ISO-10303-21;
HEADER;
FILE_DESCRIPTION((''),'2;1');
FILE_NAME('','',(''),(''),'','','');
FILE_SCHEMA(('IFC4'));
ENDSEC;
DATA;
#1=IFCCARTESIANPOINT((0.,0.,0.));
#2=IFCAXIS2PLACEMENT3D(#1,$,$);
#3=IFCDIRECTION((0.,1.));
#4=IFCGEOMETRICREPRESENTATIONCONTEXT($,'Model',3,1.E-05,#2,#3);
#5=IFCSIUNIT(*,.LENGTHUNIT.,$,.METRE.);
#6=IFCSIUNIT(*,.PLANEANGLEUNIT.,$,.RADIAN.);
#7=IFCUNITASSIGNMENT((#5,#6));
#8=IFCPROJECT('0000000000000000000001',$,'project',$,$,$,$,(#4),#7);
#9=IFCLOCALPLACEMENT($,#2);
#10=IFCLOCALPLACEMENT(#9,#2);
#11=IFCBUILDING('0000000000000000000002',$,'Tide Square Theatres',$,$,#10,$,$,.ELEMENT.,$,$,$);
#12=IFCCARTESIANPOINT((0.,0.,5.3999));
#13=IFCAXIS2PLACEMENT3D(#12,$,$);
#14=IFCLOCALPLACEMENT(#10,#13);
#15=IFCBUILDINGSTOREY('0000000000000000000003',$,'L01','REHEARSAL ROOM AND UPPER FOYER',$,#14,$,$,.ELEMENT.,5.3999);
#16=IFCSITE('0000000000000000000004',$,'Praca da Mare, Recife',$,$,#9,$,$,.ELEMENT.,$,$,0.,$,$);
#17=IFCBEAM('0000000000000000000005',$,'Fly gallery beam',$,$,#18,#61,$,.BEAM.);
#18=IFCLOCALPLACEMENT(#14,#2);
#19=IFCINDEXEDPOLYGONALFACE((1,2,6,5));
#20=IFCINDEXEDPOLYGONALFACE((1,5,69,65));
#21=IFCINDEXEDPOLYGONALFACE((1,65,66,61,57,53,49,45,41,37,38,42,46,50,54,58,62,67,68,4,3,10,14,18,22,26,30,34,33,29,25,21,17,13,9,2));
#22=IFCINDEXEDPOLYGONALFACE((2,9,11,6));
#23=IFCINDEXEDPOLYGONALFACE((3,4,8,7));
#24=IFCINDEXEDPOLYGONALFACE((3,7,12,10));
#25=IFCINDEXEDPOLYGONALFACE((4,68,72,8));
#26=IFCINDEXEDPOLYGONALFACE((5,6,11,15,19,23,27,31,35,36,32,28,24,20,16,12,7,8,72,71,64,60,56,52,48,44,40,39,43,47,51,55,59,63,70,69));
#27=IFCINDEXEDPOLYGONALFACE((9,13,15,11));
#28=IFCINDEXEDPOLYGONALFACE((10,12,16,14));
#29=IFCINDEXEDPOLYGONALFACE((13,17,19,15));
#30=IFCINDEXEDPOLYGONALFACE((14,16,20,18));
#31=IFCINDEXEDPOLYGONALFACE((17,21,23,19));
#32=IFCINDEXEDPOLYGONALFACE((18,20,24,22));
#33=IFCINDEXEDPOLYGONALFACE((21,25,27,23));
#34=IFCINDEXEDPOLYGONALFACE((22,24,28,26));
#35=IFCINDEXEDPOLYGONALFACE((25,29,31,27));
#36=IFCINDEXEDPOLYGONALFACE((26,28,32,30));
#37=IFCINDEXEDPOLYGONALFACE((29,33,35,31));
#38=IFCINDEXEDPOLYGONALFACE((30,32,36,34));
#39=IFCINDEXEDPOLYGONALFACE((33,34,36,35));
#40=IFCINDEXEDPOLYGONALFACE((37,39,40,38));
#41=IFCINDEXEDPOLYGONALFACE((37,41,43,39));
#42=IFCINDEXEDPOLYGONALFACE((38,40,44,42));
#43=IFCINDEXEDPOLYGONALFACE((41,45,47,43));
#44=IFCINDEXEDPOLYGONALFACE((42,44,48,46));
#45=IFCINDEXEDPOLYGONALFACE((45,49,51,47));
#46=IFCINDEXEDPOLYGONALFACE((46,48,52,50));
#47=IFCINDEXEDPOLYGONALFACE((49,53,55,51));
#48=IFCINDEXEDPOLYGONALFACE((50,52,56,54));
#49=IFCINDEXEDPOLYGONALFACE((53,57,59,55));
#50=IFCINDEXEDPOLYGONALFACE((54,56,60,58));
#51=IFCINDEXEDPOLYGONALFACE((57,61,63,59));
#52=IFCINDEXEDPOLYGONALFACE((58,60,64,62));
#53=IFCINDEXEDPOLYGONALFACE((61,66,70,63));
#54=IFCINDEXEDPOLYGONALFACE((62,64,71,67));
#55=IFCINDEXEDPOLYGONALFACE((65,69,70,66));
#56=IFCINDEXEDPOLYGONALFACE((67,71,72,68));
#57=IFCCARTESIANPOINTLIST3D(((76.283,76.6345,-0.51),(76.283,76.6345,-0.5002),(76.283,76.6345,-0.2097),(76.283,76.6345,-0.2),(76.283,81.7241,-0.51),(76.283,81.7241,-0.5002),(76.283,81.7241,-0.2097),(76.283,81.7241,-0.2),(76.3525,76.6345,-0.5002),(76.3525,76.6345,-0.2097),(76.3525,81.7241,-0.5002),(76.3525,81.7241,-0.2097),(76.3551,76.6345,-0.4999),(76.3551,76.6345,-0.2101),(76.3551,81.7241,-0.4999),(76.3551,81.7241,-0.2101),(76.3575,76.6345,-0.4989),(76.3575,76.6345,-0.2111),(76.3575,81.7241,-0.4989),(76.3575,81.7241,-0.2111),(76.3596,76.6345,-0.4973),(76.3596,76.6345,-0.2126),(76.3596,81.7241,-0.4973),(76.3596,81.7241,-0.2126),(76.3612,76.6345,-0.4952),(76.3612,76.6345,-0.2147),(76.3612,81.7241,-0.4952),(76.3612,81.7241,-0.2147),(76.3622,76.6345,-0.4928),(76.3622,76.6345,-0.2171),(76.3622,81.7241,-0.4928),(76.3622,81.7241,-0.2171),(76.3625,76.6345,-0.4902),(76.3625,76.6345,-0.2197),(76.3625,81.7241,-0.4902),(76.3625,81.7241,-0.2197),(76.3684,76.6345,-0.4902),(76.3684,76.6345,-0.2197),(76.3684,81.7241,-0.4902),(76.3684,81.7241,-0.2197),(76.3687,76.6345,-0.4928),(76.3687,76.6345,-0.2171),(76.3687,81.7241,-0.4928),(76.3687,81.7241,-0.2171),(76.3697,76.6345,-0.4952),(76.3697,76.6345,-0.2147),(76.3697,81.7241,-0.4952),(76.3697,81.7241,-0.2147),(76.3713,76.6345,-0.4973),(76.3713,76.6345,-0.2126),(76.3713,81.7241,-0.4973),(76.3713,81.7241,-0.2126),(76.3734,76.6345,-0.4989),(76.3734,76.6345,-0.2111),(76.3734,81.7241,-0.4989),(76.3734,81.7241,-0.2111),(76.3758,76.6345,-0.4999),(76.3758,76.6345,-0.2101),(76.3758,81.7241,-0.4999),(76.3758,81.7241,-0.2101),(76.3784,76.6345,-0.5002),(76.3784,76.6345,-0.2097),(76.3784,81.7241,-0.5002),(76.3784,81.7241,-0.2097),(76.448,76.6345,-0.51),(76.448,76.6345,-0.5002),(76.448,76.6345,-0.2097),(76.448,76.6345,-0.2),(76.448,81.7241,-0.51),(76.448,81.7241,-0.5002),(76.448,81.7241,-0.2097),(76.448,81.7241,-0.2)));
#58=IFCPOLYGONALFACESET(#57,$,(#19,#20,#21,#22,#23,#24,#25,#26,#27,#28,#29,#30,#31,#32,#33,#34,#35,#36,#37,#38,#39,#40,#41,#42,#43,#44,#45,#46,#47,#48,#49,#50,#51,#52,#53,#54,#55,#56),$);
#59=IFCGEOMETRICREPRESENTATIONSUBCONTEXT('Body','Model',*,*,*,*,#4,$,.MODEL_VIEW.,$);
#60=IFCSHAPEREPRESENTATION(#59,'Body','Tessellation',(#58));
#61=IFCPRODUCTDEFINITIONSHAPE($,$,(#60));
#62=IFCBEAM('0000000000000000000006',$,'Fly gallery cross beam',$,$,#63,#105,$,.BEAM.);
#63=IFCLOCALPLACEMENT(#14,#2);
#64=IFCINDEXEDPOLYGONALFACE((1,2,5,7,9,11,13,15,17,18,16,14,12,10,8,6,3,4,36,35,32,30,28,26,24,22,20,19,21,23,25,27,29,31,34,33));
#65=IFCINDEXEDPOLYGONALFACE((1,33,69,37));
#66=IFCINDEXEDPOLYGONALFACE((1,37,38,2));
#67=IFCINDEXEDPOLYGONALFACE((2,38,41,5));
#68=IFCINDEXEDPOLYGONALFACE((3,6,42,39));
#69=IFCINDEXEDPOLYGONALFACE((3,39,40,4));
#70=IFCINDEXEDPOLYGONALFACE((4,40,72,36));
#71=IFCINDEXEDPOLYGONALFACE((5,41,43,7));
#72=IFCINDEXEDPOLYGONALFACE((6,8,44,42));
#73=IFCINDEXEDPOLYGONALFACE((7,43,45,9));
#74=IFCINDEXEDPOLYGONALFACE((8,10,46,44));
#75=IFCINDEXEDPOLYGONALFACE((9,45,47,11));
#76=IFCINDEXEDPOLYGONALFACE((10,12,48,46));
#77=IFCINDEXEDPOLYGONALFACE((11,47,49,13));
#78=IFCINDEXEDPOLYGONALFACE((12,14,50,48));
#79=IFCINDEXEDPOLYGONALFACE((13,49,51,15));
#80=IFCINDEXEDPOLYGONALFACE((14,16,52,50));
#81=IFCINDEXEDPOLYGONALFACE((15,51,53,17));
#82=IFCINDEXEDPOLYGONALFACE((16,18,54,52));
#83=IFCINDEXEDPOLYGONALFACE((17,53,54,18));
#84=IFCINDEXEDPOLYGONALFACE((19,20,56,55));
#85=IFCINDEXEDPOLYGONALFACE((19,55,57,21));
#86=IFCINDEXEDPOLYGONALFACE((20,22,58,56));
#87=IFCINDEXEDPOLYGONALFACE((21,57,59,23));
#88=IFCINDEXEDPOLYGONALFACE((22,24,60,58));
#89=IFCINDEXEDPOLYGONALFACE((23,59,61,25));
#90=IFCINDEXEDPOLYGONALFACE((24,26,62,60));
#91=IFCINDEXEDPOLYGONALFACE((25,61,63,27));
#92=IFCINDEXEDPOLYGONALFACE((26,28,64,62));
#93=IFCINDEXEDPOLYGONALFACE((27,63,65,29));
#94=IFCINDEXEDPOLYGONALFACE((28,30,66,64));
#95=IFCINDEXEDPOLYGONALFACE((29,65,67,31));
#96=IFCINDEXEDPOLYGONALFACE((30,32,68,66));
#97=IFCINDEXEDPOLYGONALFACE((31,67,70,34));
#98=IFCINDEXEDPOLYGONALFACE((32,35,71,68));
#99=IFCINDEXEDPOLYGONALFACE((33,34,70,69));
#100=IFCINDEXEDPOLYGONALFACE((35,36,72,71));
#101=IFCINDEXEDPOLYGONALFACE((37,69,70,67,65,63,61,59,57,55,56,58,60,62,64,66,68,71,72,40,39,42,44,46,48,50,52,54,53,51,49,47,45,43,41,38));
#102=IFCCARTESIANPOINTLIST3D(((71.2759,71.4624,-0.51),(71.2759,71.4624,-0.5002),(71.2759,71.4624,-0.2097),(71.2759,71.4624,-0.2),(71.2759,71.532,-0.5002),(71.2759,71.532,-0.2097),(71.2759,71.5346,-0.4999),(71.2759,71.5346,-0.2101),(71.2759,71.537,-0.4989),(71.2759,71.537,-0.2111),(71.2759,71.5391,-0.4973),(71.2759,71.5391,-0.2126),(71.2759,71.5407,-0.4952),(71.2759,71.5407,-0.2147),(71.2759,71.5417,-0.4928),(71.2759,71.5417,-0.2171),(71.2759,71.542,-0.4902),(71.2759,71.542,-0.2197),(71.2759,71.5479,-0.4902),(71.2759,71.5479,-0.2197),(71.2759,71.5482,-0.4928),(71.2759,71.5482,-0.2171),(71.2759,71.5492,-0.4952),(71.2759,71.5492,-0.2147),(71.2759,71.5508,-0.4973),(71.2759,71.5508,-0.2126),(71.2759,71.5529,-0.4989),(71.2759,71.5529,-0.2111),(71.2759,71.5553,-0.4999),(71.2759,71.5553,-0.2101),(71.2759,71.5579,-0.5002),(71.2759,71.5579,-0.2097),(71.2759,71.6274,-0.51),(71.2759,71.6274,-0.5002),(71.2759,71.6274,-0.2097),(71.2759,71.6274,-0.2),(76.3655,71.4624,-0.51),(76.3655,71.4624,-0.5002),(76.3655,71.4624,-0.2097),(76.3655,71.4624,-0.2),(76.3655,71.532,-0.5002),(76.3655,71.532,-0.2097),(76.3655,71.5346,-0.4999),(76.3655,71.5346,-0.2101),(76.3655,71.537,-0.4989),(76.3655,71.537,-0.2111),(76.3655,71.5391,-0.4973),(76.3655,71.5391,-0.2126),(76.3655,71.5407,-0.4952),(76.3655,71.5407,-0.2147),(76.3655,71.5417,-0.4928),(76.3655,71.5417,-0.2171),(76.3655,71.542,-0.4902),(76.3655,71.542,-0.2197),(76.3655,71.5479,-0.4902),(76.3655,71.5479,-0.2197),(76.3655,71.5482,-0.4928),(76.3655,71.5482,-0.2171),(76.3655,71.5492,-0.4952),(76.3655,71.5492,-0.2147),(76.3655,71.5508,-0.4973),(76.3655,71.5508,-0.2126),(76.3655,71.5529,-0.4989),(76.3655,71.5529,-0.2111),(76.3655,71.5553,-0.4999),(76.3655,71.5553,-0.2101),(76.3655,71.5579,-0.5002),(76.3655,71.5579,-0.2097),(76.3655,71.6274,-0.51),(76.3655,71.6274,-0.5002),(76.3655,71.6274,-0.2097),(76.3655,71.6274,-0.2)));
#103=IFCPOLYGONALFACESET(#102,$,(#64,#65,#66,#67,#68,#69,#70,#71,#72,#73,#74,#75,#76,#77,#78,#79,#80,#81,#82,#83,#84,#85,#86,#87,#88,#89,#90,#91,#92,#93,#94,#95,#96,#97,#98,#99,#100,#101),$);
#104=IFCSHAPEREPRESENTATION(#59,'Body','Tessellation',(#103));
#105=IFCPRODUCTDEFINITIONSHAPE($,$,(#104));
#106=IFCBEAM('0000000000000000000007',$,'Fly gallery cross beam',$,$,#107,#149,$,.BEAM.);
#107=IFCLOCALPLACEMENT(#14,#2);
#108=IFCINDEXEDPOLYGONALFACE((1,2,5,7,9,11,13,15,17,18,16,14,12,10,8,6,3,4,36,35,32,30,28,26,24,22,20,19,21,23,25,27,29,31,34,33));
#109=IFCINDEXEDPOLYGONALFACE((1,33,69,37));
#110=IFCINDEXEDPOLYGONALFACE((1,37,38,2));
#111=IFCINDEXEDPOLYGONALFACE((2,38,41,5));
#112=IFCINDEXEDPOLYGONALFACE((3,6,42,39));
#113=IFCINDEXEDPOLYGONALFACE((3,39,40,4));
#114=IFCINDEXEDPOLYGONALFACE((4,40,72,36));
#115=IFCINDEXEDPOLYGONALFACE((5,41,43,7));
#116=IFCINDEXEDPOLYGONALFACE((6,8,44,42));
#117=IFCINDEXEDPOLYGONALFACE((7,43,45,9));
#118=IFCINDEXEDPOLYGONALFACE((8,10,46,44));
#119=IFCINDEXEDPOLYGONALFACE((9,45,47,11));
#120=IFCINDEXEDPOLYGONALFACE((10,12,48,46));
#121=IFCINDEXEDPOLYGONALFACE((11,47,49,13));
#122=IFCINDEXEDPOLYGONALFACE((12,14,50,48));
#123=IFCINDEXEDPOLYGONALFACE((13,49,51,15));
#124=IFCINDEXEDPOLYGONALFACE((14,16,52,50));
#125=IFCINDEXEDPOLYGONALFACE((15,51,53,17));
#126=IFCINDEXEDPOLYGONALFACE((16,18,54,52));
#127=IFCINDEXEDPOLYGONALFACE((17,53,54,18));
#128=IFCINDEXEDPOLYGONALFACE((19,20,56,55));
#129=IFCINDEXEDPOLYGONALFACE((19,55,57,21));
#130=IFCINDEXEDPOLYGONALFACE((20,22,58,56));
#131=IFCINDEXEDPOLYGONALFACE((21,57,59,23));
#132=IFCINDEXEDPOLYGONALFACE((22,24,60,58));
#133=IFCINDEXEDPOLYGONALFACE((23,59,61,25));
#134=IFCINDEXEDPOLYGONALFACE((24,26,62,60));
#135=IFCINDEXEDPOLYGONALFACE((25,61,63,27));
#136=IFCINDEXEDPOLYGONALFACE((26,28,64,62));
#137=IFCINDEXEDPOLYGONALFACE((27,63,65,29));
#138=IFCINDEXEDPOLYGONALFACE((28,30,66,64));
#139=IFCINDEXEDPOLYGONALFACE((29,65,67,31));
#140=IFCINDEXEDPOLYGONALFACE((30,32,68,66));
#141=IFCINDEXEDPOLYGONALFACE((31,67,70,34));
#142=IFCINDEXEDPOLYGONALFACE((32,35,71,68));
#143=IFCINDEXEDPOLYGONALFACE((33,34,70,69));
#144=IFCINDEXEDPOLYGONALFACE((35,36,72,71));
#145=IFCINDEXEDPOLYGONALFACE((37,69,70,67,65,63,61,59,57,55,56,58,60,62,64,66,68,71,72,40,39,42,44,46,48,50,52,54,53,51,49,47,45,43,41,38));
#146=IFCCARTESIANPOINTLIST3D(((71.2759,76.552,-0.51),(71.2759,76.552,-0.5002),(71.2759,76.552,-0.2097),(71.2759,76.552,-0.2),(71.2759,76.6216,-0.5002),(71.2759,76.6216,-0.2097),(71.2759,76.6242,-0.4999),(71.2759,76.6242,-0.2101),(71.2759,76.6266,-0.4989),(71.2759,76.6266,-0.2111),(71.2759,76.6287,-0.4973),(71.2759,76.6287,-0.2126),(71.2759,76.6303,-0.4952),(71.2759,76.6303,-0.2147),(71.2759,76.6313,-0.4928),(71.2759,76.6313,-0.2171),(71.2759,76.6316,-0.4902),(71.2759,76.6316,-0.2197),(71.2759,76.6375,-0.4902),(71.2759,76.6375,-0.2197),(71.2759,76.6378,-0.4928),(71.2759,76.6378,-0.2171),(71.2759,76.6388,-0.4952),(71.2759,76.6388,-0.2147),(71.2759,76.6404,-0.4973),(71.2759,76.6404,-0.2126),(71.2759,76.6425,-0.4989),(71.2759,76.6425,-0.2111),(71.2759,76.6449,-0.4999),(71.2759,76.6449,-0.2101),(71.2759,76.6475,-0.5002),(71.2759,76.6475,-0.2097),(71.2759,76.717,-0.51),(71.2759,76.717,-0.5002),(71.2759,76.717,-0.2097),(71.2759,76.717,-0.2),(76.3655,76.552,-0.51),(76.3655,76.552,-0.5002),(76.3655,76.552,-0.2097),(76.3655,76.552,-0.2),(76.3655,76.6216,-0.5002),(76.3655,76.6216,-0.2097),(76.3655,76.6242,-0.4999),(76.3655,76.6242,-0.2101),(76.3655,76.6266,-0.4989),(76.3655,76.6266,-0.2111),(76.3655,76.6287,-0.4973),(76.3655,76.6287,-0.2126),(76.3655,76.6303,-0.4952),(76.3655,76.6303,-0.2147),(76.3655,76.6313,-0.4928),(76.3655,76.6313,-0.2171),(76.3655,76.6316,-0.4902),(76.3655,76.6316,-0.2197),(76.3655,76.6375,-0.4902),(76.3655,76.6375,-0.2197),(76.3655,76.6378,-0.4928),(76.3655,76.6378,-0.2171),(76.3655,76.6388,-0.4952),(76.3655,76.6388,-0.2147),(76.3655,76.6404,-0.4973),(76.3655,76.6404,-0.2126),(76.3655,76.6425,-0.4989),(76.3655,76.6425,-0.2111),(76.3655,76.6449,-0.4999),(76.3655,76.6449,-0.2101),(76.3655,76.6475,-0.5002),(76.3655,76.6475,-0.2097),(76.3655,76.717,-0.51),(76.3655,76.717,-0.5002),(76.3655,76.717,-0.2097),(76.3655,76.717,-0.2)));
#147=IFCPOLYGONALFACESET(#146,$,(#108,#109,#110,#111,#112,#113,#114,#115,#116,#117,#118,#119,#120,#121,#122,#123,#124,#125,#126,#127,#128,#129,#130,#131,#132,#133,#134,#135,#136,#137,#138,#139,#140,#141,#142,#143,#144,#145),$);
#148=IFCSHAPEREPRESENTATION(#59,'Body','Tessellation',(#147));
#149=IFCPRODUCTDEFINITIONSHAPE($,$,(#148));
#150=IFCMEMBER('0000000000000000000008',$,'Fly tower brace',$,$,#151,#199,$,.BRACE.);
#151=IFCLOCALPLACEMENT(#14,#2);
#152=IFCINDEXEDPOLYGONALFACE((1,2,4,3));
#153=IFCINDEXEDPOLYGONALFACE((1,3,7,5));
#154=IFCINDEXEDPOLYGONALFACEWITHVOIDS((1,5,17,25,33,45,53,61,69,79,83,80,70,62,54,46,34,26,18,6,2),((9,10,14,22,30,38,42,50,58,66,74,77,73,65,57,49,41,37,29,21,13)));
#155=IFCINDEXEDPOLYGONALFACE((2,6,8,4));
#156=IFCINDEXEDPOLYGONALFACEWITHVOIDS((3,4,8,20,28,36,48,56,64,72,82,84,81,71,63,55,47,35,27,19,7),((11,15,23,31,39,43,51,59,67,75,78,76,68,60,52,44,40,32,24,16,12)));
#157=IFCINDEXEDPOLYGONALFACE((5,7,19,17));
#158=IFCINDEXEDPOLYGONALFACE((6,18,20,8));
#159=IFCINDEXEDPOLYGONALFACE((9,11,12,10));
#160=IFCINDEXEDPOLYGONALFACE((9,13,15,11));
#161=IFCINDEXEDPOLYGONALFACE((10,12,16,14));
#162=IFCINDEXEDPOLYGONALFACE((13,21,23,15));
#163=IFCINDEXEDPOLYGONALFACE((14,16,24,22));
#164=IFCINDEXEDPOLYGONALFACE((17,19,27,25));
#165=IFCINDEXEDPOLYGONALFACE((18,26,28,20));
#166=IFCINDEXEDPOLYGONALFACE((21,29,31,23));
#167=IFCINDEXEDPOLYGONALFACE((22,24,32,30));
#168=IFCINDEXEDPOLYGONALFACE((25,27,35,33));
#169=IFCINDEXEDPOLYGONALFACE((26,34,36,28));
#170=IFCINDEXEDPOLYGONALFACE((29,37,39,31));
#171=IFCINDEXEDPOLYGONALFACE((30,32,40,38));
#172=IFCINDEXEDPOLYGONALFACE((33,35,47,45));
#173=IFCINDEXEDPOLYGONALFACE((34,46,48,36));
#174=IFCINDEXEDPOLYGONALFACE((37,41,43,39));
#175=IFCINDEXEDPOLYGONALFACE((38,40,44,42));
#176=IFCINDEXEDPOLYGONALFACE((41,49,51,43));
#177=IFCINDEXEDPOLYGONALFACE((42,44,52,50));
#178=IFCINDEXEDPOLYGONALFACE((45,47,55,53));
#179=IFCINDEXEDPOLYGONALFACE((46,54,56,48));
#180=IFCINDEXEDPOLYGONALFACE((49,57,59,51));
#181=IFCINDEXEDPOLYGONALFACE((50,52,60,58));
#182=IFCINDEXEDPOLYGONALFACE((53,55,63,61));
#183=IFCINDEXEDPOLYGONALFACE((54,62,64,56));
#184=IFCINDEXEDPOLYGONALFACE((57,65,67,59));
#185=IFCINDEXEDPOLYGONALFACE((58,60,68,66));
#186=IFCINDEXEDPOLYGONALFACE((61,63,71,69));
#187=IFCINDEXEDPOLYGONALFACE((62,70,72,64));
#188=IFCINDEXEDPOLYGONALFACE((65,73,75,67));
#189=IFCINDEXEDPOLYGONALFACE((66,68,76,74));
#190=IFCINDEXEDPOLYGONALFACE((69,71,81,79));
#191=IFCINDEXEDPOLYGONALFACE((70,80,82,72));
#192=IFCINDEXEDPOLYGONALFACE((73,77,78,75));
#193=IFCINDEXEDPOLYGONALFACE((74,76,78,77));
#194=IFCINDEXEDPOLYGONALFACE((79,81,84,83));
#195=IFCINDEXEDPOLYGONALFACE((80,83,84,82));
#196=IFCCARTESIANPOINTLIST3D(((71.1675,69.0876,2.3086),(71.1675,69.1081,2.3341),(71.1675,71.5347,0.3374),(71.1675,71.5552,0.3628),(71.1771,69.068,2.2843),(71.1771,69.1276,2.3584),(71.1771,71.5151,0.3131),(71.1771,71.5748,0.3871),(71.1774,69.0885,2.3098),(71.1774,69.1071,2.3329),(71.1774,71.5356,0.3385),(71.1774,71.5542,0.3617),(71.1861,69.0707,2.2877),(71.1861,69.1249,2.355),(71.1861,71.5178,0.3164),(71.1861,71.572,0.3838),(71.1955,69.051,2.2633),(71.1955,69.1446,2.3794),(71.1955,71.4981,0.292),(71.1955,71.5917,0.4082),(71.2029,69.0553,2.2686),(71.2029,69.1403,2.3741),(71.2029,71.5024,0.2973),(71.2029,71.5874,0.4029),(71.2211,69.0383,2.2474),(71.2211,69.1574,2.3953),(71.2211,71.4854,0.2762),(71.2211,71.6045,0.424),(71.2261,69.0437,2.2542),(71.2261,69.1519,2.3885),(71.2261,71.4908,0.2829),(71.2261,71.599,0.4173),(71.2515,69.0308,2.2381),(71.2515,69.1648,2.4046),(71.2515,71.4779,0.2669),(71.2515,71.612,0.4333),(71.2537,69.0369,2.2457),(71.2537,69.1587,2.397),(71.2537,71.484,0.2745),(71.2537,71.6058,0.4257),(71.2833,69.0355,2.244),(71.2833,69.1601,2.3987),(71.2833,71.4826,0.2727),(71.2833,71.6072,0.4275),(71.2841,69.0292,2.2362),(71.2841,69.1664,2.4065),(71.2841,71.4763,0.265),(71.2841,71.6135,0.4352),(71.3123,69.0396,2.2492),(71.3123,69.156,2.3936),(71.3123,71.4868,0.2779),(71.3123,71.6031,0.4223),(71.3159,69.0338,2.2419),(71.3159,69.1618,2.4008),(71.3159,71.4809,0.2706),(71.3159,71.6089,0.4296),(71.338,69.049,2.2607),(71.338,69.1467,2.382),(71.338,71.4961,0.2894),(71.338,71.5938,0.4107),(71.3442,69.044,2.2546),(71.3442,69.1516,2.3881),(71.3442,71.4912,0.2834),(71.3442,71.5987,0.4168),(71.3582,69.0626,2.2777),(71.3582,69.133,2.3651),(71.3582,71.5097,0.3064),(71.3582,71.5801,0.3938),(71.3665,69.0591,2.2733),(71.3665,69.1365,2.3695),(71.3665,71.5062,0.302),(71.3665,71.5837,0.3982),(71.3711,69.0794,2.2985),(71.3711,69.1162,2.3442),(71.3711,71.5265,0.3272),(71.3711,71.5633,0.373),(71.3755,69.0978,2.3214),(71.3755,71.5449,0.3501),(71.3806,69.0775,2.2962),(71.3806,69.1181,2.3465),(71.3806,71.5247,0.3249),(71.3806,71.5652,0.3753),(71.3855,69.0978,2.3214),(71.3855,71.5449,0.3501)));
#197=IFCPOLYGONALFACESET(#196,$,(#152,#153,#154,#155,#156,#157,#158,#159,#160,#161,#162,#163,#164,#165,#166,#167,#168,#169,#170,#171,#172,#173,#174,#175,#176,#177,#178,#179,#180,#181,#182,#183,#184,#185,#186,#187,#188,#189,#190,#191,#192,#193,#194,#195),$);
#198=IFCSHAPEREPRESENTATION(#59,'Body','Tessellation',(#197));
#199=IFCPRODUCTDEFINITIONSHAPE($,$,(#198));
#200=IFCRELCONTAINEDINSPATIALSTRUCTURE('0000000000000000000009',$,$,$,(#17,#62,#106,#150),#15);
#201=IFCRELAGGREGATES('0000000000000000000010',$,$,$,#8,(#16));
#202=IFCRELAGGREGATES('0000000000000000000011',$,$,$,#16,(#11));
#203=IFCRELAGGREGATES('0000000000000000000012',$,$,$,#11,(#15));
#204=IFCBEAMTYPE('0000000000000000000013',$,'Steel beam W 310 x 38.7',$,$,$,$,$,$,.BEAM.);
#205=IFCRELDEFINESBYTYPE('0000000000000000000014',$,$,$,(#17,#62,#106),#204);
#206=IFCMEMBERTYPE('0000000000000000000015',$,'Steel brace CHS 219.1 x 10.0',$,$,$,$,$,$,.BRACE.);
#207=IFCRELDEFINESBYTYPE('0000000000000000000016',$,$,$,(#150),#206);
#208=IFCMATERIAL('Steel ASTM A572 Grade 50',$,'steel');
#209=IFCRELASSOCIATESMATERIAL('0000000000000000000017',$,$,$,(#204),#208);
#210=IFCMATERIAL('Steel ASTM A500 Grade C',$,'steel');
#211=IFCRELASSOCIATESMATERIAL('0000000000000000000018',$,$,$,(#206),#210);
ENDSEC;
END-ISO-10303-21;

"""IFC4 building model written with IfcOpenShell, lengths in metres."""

from ifc_helpers import new_model, si_unit, direction, frame, origin, origin_2d, place, context, subcontext, project, spatial, hollow_circle, i_section, extrude, material, material_profile, profile_set, type_object, element, save


model = new_model("IFC4")

# Units and contexts
model_context = context("Model", 3, precision=1e-05, world=origin(), true_north=direction((0.0, 1.0)))
body_context = subcontext(model_context, "Body", "Model", "MODEL_VIEW")
ifc_project = project(units=[si_unit("LENGTHUNIT", "METRE"), si_unit("PLANEANGLEUNIT", "RADIAN")], contexts=[model_context])

# Site, building, storey
site_placement = place(None, origin())
site = spatial("IfcSite", under=ifc_project, at=site_placement, Name="Praca da Mare, Recife", CompositionType="ELEMENT", RefElevation=0.0)
building_placement = place(site_placement, origin())
building = spatial("IfcBuilding", under=site, at=building_placement, Name="Tide Square Theatres", CompositionType="ELEMENT")
storey_placement = place(building_placement, frame((0.0, 0.0, 5.3999)))
storey = spatial("IfcBuildingStorey", under=building, at=storey_placement, Name="L01", Description="REHEARSAL ROOM AND UPPER FOYER", CompositionType="ELEMENT", Elevation=5.3999)

# Beams
ifc_material_1 = material(Name="Steel ASTM A572 Grade 50", Category="steel")
ifc_material_profile_1 = material_profile(ifc_material_1, i_section(OverallWidth=0.165, OverallDepth=0.3101, WebThickness=0.0059, FlangeThickness=0.0098, FilletRadius=0.01, at=origin_2d()))
ifc_profile_set_1 = profile_set([ifc_material_profile_1], Name="Steel ASTM A572 Grade 50")
beam_type = type_object("IfcBeamType", Name="Steel beam W 310 x 38.7", PredefinedType="BEAM", material=ifc_profile_set_1)
for number, where, z_axis, x_axis, name in (
    (1, (76.3655, 76.6345, -0.355), (0.0, 1.0, 0.0), (-1.0, 0.0, 0.0), "Fly gallery beam"),
    (2, (71.2759, 71.5449, -0.355), (1.0, 0.0, 0.0), (0.0, 1.0, 0.0), "Fly gallery cross beam"),
    (3, (71.2759, 76.6345, -0.355), (1.0, 0.0, 0.0), (0.0, 1.0, 0.0), "Fly gallery cross beam"),
):
    element("IfcBeam", number, at=place(storey_placement, frame(where, z_axis=z_axis, x_axis=x_axis)), inside=storey, type_object=beam_type, Name=name, PredefinedType="BEAM", context=body_context, shape_type="SweptSolid", body=[
        extrude(i_section(OverallWidth=0.165, OverallDepth=0.3101, WebThickness=0.0059, FlangeThickness=0.0098, FilletRadius=0.01, at=origin_2d()), origin(), (0.0, 0.0, 1.0), 5.0896),
    ])

# Member
ifc_material_2 = material(Name="Steel ASTM A500 Grade C", Category="steel")
ifc_material_profile_2 = material_profile(ifc_material_2, hollow_circle(Radius=0.1096, WallThickness=0.01, at=origin_2d()))
ifc_profile_set_2 = profile_set([ifc_material_profile_2], Name="Steel ASTM A500 Grade C")
member_type = type_object("IfcMemberType", Name="Steel brace CHS 219.1 x 10.0", PredefinedType="BRACE", material=ifc_profile_set_2)
for number, where, z_axis, x_axis, name in (
    (4, (71.2759, 71.5449, 0.3501), (0.0, -0.778757, 0.627326), (1.0, 0.0, 0.0), "Fly tower brace"),
):
    element("IfcMember", number, at=place(storey_placement, frame(where, z_axis=z_axis, x_axis=x_axis)), inside=storey, type_object=member_type, Name=name, PredefinedType="BRACE", context=body_context, shape_type="SweptSolid", body=[
        extrude(hollow_circle(Radius=0.1096, WallThickness=0.01, at=origin_2d()), origin(), (0.0, 0.0, 1.0), 3.1423),
    ])

save(model, "model.ifc")
